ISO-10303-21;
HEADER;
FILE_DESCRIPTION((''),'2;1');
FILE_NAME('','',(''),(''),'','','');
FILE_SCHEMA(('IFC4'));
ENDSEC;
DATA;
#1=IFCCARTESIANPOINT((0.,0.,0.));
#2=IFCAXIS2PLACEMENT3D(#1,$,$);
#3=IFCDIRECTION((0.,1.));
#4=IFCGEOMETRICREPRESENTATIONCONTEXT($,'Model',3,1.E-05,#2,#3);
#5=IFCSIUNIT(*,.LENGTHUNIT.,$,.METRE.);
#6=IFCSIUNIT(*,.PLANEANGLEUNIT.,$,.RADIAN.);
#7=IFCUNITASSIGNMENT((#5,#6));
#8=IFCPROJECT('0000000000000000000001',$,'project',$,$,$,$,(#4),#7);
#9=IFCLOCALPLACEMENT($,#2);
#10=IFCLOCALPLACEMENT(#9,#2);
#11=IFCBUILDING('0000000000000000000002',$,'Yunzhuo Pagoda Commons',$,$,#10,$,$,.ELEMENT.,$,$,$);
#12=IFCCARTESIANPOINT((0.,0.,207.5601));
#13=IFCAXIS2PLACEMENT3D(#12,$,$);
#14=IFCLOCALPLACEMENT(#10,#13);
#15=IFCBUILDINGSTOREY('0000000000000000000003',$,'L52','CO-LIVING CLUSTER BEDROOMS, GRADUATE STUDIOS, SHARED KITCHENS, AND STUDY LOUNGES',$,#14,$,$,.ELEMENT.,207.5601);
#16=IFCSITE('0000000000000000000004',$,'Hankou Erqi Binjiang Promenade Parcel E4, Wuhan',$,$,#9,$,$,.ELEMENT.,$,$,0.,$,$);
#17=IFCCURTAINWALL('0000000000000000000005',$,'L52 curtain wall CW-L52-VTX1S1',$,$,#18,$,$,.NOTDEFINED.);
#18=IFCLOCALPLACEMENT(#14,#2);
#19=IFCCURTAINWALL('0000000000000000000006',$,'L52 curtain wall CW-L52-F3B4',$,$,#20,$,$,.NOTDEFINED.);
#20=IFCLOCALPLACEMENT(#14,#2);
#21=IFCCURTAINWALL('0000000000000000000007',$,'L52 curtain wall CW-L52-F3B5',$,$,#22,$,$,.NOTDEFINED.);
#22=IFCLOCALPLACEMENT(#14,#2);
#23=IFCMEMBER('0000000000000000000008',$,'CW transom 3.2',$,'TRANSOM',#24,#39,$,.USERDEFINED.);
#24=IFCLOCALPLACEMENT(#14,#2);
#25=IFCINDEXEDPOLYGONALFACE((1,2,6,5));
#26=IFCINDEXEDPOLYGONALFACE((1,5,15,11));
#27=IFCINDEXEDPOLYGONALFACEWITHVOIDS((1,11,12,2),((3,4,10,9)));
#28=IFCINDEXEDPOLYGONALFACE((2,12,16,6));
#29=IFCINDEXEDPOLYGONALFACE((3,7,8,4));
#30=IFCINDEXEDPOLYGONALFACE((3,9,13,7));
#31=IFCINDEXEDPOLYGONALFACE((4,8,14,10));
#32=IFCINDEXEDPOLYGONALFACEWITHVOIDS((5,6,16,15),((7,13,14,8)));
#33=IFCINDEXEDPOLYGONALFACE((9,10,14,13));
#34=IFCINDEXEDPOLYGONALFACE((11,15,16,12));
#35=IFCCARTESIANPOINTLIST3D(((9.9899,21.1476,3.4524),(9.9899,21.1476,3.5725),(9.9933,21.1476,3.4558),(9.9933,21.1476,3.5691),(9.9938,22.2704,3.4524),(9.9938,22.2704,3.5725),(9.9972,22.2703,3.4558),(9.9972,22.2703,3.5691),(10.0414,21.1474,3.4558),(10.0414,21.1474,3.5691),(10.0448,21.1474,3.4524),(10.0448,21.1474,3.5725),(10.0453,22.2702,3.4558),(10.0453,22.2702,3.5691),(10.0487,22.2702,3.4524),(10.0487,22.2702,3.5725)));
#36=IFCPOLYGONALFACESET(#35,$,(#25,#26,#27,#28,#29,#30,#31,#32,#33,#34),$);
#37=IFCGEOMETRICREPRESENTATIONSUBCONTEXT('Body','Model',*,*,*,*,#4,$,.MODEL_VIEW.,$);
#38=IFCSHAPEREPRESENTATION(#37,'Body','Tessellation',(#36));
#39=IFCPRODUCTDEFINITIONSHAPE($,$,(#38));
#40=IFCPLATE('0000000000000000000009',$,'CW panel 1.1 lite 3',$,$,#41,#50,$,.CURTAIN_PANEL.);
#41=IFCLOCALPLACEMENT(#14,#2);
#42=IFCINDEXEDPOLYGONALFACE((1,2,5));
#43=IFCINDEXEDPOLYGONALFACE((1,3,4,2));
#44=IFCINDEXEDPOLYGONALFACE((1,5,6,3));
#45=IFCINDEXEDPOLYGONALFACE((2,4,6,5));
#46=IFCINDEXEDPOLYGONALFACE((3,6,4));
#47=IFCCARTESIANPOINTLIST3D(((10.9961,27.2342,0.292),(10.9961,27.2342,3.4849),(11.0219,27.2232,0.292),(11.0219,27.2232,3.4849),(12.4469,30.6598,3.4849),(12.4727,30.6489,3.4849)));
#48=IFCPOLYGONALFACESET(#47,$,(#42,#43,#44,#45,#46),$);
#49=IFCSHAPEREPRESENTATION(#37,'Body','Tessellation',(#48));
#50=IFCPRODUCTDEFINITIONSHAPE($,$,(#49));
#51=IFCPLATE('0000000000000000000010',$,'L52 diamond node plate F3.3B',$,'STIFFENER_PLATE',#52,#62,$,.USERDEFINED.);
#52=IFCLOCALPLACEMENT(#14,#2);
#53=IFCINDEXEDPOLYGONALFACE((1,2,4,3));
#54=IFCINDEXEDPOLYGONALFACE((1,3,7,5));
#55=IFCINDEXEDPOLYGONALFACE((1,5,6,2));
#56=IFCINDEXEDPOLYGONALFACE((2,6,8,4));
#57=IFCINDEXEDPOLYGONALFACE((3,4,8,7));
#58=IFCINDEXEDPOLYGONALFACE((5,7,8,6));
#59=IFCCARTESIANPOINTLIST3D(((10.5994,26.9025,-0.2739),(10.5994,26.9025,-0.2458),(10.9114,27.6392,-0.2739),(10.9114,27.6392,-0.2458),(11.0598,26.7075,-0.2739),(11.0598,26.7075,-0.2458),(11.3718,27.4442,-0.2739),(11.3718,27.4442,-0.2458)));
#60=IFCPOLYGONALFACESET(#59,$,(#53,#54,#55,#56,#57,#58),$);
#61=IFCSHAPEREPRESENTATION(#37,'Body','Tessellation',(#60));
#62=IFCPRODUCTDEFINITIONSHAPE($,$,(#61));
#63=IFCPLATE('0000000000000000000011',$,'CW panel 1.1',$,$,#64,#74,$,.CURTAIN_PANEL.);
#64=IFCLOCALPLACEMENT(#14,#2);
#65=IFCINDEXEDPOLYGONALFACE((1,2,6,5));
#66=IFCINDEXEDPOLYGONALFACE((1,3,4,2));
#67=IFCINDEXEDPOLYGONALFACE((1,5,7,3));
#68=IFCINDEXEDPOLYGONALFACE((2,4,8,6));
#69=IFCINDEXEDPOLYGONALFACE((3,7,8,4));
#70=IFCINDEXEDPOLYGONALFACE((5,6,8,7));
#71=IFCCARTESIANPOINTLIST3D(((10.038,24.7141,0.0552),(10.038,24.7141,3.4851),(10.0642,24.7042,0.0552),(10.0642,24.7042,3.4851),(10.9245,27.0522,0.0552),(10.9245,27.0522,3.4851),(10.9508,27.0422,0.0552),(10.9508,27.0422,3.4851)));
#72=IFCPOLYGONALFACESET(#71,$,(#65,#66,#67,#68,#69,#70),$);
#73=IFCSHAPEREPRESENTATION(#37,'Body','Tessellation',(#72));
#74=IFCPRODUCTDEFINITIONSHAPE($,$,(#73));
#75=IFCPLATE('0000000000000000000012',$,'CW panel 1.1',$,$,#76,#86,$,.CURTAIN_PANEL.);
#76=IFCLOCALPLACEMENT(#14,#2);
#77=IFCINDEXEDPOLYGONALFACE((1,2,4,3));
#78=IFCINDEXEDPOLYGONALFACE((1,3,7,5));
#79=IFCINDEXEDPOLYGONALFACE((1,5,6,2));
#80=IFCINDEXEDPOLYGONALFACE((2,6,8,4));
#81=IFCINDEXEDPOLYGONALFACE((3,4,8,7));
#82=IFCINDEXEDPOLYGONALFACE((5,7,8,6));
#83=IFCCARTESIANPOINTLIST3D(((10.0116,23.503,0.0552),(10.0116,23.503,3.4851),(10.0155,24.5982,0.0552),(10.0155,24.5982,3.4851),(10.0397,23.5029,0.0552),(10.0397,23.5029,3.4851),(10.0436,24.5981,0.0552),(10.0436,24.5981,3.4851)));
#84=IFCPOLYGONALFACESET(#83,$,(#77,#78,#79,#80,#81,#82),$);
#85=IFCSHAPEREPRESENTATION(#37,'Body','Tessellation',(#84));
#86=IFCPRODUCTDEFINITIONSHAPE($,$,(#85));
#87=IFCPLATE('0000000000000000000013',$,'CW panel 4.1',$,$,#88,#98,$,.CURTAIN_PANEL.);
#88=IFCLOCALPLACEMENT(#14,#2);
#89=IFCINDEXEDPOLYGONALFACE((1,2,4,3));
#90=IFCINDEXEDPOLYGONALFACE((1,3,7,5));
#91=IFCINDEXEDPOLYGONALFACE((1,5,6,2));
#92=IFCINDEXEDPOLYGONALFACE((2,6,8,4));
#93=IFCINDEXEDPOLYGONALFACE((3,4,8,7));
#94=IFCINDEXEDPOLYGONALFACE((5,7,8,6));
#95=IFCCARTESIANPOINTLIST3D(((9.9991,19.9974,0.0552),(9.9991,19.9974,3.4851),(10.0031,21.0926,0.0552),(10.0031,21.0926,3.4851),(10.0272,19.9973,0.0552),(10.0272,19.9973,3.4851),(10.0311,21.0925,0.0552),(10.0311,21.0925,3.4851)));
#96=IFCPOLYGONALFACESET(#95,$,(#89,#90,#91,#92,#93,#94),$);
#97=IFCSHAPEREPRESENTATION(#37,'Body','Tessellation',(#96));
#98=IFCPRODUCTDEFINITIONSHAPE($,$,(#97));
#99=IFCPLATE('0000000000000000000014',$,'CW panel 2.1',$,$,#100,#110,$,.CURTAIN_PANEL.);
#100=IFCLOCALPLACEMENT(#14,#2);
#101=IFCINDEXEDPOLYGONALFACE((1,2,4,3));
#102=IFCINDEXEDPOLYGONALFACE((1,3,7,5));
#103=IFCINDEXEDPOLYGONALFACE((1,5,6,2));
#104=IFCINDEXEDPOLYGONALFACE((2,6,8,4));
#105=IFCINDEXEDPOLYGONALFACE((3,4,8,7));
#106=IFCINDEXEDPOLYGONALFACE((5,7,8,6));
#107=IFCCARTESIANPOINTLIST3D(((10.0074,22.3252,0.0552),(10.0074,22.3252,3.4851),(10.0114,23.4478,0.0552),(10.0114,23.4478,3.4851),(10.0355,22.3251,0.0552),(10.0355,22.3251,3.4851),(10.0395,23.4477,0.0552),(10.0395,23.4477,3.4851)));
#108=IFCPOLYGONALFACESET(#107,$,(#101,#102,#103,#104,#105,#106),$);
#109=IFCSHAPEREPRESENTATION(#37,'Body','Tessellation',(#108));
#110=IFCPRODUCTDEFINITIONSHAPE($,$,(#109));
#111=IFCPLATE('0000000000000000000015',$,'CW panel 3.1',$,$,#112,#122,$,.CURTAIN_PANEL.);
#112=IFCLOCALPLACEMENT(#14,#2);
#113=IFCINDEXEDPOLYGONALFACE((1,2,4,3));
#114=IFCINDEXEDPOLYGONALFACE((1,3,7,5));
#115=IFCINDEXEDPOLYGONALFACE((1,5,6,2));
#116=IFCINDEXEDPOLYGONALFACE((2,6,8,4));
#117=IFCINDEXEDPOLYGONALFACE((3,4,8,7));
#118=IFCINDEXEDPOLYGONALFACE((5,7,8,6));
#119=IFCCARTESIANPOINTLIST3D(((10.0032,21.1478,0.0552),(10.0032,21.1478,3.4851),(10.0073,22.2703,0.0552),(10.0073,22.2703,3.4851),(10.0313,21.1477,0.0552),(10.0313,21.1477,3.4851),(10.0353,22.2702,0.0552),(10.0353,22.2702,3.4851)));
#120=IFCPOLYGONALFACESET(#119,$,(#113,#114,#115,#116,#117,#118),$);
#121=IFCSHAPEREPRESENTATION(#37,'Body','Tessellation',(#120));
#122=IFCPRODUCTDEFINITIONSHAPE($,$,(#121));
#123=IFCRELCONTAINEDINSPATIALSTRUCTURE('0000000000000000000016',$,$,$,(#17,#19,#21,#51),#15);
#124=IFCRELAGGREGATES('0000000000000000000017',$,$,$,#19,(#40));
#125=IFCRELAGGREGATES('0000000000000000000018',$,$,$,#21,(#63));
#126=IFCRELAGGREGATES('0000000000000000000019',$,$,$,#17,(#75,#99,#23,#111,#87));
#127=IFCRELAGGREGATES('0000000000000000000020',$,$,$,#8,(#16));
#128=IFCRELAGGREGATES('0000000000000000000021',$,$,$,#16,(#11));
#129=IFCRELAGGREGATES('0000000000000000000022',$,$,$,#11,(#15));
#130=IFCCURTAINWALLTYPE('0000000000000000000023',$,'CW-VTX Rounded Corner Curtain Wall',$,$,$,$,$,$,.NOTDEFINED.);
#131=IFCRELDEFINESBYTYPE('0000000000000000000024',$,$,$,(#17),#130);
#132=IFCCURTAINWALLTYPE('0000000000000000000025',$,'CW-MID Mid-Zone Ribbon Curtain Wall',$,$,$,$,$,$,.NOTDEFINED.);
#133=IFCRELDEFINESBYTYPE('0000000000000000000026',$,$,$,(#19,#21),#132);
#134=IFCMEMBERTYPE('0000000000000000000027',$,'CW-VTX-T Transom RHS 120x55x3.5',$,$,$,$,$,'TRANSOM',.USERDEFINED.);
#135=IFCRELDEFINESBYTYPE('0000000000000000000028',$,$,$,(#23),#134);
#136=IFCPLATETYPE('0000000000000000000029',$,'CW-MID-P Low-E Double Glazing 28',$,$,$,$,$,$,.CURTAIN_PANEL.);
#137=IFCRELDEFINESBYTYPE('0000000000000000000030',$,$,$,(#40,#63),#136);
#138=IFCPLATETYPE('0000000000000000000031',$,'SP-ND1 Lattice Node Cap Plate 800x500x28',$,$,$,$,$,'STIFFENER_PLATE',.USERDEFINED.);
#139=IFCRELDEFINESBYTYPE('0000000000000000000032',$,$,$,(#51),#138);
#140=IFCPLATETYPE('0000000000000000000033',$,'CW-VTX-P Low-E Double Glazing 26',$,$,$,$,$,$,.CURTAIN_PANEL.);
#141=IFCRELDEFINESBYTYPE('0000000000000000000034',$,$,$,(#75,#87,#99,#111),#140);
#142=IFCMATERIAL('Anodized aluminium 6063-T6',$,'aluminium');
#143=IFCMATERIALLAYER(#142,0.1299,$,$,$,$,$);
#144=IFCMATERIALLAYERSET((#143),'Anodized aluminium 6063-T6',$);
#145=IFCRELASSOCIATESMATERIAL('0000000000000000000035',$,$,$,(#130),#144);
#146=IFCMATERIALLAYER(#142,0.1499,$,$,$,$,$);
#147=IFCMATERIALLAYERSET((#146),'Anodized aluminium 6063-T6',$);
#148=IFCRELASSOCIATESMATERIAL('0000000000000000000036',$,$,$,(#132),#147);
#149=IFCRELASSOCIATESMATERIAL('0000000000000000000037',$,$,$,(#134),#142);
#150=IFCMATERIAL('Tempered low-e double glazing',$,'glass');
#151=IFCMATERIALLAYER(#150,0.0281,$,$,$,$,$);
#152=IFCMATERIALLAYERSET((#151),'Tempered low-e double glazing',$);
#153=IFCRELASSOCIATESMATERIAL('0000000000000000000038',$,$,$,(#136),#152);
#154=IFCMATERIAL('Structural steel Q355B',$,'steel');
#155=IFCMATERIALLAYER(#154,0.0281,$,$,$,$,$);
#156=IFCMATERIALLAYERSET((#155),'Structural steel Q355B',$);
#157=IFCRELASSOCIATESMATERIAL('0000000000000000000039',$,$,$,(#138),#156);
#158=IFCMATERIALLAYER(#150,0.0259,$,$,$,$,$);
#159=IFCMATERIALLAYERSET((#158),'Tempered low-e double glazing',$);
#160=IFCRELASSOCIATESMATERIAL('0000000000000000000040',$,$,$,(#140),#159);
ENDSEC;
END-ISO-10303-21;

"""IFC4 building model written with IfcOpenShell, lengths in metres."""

from ifc_helpers import new_model, si_unit, direction, frame, origin, origin_2d, place, context, subcontext, project, spatial, polyline, rectangle, hollow_rectangle, outline, extrude, source, transform, mapped, material, layer, layer_set, material_profile, profile_set, type_object, element, aggregate, save


model = new_model("IFC4")

# Units and contexts
model_context = context("Model", 3, precision=1e-05, world=origin(), true_north=direction((0.0, 1.0)))
body_context = subcontext(model_context, "Body", "Model", "MODEL_VIEW")
ifc_project = project(units=[si_unit("LENGTHUNIT", "METRE"), si_unit("PLANEANGLEUNIT", "RADIAN")], contexts=[model_context])

# Site, building, storey
site_placement = place(None, origin())
site = spatial("IfcSite", under=ifc_project, at=site_placement, Name="Hankou Erqi Binjiang Promenade Parcel E4, Wuhan", CompositionType="ELEMENT", RefElevation=0.0)
building_placement = place(site_placement, origin())
building = spatial("IfcBuilding", under=site, at=building_placement, Name="Yunzhuo Pagoda Commons", CompositionType="ELEMENT")
storey_placement = place(building_placement, frame((0.0, 0.0, 207.5601)))
storey = spatial("IfcBuildingStorey", under=building, at=storey_placement, Name="L52", Description="CO-LIVING CLUSTER BEDROOMS, GRADUATE STUDIOS, SHARED KITCHENS, AND STUDY LOUNGES", CompositionType="ELEMENT", Elevation=207.5601)

# Shared definitions
ifc_material_1 = material(Name="Structural steel Q355B", Category="steel")

# Curtain wall
ifc_material_2 = material(Name="Anodized aluminium 6063-T6", Category="aluminium")
ifc_layer_1 = layer(ifc_material_2, 0.1299)
ifc_layer_set_1 = layer_set([ifc_layer_1], Name="Anodized aluminium 6063-T6")
curtain_wall_type_1 = type_object("IfcCurtainWallType", Name="CW-VTX Rounded Corner Curtain Wall", PredefinedType="NOTDEFINED", material=ifc_layer_set_1)
curtain_wall_1_placement = place(storey_placement, origin())
curtain_wall_1 = element("IfcCurtainWall", 1, at=curtain_wall_1_placement, inside=storey, type_object=curtain_wall_type_1, Name="L52 curtain wall CW-L52-VTX1S1", PredefinedType="NOTDEFINED")

# Curtain wall
ifc_layer_2 = layer(ifc_material_2, 0.1499)
ifc_layer_set_2 = layer_set([ifc_layer_2], Name="Anodized aluminium 6063-T6")
curtain_wall_type_2 = type_object("IfcCurtainWallType", Name="CW-MID Mid-Zone Ribbon Curtain Wall", PredefinedType="NOTDEFINED", material=ifc_layer_set_2)
curtain_wall_2_placement = place(storey_placement, origin())
curtain_wall_2 = element("IfcCurtainWall", 2, at=curtain_wall_2_placement, inside=storey, type_object=curtain_wall_type_2, Name="L52 curtain wall CW-L52-F3B4", PredefinedType="NOTDEFINED")

# Curtain wall
curtain_wall_3_placement = place(storey_placement, origin())
curtain_wall_3 = element("IfcCurtainWall", 3, at=curtain_wall_3_placement, inside=storey, type_object=curtain_wall_type_2, Name="L52 curtain wall CW-L52-F3B5", PredefinedType="NOTDEFINED")

# Member
ifc_material_profile_1 = material_profile(ifc_material_2, hollow_rectangle(XDim=0.0549, YDim=0.1201, WallThickness=0.0034, at=origin_2d()), Name="Anodized aluminium 6063-T6")
ifc_profile_set_1 = profile_set([ifc_material_profile_1], Name="Anodized aluminium 6063-T6")
member_type_1 = type_object("IfcMemberType", Name="CW-VTX-T Transom RHS 120x55x3.5", ElementType="TRANSOM", PredefinedType="USERDEFINED", material=ifc_profile_set_1)
shared_shape_1 = source(origin(), body_context, "Body", "SweptSolid", [
    extrude(hollow_rectangle(XDim=0.0549, YDim=0.1201, WallThickness=0.0034, at=origin_2d()), origin(), (0.0, 0.0, 1.0), 1.1228),
])
member_1_placement = place(storey_placement, frame((10.0212, 22.2703, 3.5125), z_axis=(-0.003479, -0.999994, 0.0), x_axis=(0.999994, -0.003479, 0.0)))
member_1 = element("IfcMember", 4, at=member_1_placement, type_object=member_type_1, Name="CW transom 3.2", ObjectType="TRANSOM", PredefinedType="USERDEFINED", context=body_context, shape_type="MappedRepresentation", body=[
    mapped(shared_shape_1, transform((0.0, 0.0, 0.0), scale=1.0)),
])

# Plates
ifc_material_3 = material(Name="Tempered low-e double glazing", Category="glass")
ifc_layer_3 = layer(ifc_material_3, 0.0281)
ifc_layer_set_3 = layer_set([ifc_layer_3], Name="Tempered low-e double glazing")
plate_type_1 = type_object("IfcPlateType", Name="CW-MID-P Low-E Double Glazing 28", PredefinedType="CURTAIN_PANEL", material=ifc_layer_set_3)
plate_1_placement = place(storey_placement, frame((11.7473, 28.936, 1.8884), z_axis=(-0.920824, 0.389978, 0.0), x_axis=(-0.389978, -0.920824, 0.0)))
plate_1 = element("IfcPlate", 5, at=plate_1_placement, type_object=plate_type_1, Name="CW panel 1.1 lite 3", PredefinedType="CURTAIN_PANEL", context=body_context, shape_type="SweptSolid", body=[
    extrude(outline(polyline([(-1.8601, 1.5964), (1.8601, -1.5964), (1.8601, 1.5964), (-1.8601, 1.5964)])), origin(), (0.0, 0.0, 1.0), 0.0281),
])
aggregate(curtain_wall_2, [plate_1])
ifc_layer_4 = layer(ifc_material_1, 0.0281)
ifc_layer_set_4 = layer_set([ifc_layer_4], Name="Structural steel Q355B")
plate_type_2 = type_object("IfcPlateType", Name="SP-ND1 Lattice Node Cap Plate 800x500x28", ElementType="STIFFENER_PLATE", PredefinedType="USERDEFINED", material=ifc_layer_set_4)
shared_shape_2 = source(origin(), body_context, "Body", "SweptSolid", [
    extrude(rectangle(XDim=0.8, YDim=0.5, at=origin_2d()), origin(), (0.0, 0.0, 1.0), 0.0281),
])
plate_2_placement = place(storey_placement, frame((10.9856, 27.1733, -0.2739), z_axis=(0.0, 0.0, 1.0), x_axis=(-0.389976, -0.920825, 0.0)))
element("IfcPlate", 6, at=plate_2_placement, inside=storey, type_object=plate_type_2, Name="L52 diamond node plate F3.3B", ObjectType="STIFFENER_PLATE", PredefinedType="USERDEFINED", context=body_context, shape_type="MappedRepresentation", body=[
    mapped(shared_shape_2, transform((0.0, 0.0, 0.0), scale=1.0)),
])
shared_shape_3 = source(origin(), body_context, "Body", "SweptSolid", [
    extrude(rectangle(XDim=2.5005, YDim=0.0281, at=origin_2d()), origin(), (0.0, 0.0, 1.0), 3.4299),
])
plate_3_placement = place(storey_placement, frame((10.4944, 25.8782, 0.0552), z_axis=(0.0, 0.0, 1.0), x_axis=(-0.354559, -0.935034, 0.0)))
plate_3 = element("IfcPlate", 7, at=plate_3_placement, type_object=plate_type_1, Name="CW panel 1.1", PredefinedType="CURTAIN_PANEL", context=body_context, shape_type="MappedRepresentation", body=[
    mapped(shared_shape_3, transform((0.0, 0.0, 0.0), scale=1.0)),
])
aggregate(curtain_wall_3, [plate_3])
ifc_layer_5 = layer(ifc_material_3, 0.0259)
ifc_layer_set_5 = layer_set([ifc_layer_5], Name="Tempered low-e double glazing")
plate_type_3 = type_object("IfcPlateType", Name="CW-VTX-P Low-E Double Glazing 26", PredefinedType="CURTAIN_PANEL", material=ifc_layer_set_5)
shared_shape_4 = source(origin(), body_context, "Body", "SweptSolid", [
    extrude(rectangle(XDim=1.0952, YDim=0.0281, at=origin_2d()), origin(), (0.0, 0.0, 1.0), 3.4299),
])
plate_4_placement = place(storey_placement, frame((10.0276, 24.0505, 0.0552), z_axis=(0.0, 0.0, 1.0), x_axis=(-0.003588, -0.999994, 0.0)))
plate_4 = element("IfcPlate", 8, at=plate_4_placement, type_object=plate_type_3, Name="CW panel 1.1", PredefinedType="CURTAIN_PANEL", context=body_context, shape_type="MappedRepresentation", body=[
    mapped(shared_shape_4, transform((0.0, 0.0, 0.0), scale=1.0)),
])
plate_5_placement = place(storey_placement, frame((10.0151, 20.5449, 0.0552), z_axis=(0.0, 0.0, 1.0), x_axis=(-0.003588, -0.999994, 0.0)))
plate_5 = element("IfcPlate", 9, at=plate_5_placement, type_object=plate_type_3, Name="CW panel 4.1", PredefinedType="CURTAIN_PANEL", context=body_context, shape_type="MappedRepresentation", body=[
    mapped(shared_shape_4, transform((0.0, 0.0, 0.0), scale=1.0)),
])
shared_shape_5 = source(origin(), body_context, "Body", "SweptSolid", [
    extrude(rectangle(XDim=1.1226, YDim=0.0281, at=origin_2d()), origin(), (0.0, 0.0, 1.0), 3.4299),
])
plate_6_placement = place(storey_placement, frame((10.0234, 22.8865, 0.0552), z_axis=(0.0, 0.0, 1.0), x_axis=(-0.003588, -0.999994, 0.0)))
plate_6 = element("IfcPlate", 10, at=plate_6_placement, type_object=plate_type_3, Name="CW panel 2.1", PredefinedType="CURTAIN_PANEL", context=body_context, shape_type="MappedRepresentation", body=[
    mapped(shared_shape_5, transform((0.0, 0.0, 0.0), scale=1.0)),
])
plate_7_placement = place(storey_placement, frame((10.0193, 21.709, 0.0552), z_axis=(0.0, 0.0, 1.0), x_axis=(-0.003588, -0.999994, 0.0)))
plate_7 = element("IfcPlate", 11, at=plate_7_placement, type_object=plate_type_3, Name="CW panel 3.1", PredefinedType="CURTAIN_PANEL", context=body_context, shape_type="MappedRepresentation", body=[
    mapped(shared_shape_5, transform((0.0, 0.0, 0.0), scale=1.0)),
])
aggregate(curtain_wall_1, [plate_4, plate_6, member_1, plate_7, plate_5])

save(model, "model.ifc")
